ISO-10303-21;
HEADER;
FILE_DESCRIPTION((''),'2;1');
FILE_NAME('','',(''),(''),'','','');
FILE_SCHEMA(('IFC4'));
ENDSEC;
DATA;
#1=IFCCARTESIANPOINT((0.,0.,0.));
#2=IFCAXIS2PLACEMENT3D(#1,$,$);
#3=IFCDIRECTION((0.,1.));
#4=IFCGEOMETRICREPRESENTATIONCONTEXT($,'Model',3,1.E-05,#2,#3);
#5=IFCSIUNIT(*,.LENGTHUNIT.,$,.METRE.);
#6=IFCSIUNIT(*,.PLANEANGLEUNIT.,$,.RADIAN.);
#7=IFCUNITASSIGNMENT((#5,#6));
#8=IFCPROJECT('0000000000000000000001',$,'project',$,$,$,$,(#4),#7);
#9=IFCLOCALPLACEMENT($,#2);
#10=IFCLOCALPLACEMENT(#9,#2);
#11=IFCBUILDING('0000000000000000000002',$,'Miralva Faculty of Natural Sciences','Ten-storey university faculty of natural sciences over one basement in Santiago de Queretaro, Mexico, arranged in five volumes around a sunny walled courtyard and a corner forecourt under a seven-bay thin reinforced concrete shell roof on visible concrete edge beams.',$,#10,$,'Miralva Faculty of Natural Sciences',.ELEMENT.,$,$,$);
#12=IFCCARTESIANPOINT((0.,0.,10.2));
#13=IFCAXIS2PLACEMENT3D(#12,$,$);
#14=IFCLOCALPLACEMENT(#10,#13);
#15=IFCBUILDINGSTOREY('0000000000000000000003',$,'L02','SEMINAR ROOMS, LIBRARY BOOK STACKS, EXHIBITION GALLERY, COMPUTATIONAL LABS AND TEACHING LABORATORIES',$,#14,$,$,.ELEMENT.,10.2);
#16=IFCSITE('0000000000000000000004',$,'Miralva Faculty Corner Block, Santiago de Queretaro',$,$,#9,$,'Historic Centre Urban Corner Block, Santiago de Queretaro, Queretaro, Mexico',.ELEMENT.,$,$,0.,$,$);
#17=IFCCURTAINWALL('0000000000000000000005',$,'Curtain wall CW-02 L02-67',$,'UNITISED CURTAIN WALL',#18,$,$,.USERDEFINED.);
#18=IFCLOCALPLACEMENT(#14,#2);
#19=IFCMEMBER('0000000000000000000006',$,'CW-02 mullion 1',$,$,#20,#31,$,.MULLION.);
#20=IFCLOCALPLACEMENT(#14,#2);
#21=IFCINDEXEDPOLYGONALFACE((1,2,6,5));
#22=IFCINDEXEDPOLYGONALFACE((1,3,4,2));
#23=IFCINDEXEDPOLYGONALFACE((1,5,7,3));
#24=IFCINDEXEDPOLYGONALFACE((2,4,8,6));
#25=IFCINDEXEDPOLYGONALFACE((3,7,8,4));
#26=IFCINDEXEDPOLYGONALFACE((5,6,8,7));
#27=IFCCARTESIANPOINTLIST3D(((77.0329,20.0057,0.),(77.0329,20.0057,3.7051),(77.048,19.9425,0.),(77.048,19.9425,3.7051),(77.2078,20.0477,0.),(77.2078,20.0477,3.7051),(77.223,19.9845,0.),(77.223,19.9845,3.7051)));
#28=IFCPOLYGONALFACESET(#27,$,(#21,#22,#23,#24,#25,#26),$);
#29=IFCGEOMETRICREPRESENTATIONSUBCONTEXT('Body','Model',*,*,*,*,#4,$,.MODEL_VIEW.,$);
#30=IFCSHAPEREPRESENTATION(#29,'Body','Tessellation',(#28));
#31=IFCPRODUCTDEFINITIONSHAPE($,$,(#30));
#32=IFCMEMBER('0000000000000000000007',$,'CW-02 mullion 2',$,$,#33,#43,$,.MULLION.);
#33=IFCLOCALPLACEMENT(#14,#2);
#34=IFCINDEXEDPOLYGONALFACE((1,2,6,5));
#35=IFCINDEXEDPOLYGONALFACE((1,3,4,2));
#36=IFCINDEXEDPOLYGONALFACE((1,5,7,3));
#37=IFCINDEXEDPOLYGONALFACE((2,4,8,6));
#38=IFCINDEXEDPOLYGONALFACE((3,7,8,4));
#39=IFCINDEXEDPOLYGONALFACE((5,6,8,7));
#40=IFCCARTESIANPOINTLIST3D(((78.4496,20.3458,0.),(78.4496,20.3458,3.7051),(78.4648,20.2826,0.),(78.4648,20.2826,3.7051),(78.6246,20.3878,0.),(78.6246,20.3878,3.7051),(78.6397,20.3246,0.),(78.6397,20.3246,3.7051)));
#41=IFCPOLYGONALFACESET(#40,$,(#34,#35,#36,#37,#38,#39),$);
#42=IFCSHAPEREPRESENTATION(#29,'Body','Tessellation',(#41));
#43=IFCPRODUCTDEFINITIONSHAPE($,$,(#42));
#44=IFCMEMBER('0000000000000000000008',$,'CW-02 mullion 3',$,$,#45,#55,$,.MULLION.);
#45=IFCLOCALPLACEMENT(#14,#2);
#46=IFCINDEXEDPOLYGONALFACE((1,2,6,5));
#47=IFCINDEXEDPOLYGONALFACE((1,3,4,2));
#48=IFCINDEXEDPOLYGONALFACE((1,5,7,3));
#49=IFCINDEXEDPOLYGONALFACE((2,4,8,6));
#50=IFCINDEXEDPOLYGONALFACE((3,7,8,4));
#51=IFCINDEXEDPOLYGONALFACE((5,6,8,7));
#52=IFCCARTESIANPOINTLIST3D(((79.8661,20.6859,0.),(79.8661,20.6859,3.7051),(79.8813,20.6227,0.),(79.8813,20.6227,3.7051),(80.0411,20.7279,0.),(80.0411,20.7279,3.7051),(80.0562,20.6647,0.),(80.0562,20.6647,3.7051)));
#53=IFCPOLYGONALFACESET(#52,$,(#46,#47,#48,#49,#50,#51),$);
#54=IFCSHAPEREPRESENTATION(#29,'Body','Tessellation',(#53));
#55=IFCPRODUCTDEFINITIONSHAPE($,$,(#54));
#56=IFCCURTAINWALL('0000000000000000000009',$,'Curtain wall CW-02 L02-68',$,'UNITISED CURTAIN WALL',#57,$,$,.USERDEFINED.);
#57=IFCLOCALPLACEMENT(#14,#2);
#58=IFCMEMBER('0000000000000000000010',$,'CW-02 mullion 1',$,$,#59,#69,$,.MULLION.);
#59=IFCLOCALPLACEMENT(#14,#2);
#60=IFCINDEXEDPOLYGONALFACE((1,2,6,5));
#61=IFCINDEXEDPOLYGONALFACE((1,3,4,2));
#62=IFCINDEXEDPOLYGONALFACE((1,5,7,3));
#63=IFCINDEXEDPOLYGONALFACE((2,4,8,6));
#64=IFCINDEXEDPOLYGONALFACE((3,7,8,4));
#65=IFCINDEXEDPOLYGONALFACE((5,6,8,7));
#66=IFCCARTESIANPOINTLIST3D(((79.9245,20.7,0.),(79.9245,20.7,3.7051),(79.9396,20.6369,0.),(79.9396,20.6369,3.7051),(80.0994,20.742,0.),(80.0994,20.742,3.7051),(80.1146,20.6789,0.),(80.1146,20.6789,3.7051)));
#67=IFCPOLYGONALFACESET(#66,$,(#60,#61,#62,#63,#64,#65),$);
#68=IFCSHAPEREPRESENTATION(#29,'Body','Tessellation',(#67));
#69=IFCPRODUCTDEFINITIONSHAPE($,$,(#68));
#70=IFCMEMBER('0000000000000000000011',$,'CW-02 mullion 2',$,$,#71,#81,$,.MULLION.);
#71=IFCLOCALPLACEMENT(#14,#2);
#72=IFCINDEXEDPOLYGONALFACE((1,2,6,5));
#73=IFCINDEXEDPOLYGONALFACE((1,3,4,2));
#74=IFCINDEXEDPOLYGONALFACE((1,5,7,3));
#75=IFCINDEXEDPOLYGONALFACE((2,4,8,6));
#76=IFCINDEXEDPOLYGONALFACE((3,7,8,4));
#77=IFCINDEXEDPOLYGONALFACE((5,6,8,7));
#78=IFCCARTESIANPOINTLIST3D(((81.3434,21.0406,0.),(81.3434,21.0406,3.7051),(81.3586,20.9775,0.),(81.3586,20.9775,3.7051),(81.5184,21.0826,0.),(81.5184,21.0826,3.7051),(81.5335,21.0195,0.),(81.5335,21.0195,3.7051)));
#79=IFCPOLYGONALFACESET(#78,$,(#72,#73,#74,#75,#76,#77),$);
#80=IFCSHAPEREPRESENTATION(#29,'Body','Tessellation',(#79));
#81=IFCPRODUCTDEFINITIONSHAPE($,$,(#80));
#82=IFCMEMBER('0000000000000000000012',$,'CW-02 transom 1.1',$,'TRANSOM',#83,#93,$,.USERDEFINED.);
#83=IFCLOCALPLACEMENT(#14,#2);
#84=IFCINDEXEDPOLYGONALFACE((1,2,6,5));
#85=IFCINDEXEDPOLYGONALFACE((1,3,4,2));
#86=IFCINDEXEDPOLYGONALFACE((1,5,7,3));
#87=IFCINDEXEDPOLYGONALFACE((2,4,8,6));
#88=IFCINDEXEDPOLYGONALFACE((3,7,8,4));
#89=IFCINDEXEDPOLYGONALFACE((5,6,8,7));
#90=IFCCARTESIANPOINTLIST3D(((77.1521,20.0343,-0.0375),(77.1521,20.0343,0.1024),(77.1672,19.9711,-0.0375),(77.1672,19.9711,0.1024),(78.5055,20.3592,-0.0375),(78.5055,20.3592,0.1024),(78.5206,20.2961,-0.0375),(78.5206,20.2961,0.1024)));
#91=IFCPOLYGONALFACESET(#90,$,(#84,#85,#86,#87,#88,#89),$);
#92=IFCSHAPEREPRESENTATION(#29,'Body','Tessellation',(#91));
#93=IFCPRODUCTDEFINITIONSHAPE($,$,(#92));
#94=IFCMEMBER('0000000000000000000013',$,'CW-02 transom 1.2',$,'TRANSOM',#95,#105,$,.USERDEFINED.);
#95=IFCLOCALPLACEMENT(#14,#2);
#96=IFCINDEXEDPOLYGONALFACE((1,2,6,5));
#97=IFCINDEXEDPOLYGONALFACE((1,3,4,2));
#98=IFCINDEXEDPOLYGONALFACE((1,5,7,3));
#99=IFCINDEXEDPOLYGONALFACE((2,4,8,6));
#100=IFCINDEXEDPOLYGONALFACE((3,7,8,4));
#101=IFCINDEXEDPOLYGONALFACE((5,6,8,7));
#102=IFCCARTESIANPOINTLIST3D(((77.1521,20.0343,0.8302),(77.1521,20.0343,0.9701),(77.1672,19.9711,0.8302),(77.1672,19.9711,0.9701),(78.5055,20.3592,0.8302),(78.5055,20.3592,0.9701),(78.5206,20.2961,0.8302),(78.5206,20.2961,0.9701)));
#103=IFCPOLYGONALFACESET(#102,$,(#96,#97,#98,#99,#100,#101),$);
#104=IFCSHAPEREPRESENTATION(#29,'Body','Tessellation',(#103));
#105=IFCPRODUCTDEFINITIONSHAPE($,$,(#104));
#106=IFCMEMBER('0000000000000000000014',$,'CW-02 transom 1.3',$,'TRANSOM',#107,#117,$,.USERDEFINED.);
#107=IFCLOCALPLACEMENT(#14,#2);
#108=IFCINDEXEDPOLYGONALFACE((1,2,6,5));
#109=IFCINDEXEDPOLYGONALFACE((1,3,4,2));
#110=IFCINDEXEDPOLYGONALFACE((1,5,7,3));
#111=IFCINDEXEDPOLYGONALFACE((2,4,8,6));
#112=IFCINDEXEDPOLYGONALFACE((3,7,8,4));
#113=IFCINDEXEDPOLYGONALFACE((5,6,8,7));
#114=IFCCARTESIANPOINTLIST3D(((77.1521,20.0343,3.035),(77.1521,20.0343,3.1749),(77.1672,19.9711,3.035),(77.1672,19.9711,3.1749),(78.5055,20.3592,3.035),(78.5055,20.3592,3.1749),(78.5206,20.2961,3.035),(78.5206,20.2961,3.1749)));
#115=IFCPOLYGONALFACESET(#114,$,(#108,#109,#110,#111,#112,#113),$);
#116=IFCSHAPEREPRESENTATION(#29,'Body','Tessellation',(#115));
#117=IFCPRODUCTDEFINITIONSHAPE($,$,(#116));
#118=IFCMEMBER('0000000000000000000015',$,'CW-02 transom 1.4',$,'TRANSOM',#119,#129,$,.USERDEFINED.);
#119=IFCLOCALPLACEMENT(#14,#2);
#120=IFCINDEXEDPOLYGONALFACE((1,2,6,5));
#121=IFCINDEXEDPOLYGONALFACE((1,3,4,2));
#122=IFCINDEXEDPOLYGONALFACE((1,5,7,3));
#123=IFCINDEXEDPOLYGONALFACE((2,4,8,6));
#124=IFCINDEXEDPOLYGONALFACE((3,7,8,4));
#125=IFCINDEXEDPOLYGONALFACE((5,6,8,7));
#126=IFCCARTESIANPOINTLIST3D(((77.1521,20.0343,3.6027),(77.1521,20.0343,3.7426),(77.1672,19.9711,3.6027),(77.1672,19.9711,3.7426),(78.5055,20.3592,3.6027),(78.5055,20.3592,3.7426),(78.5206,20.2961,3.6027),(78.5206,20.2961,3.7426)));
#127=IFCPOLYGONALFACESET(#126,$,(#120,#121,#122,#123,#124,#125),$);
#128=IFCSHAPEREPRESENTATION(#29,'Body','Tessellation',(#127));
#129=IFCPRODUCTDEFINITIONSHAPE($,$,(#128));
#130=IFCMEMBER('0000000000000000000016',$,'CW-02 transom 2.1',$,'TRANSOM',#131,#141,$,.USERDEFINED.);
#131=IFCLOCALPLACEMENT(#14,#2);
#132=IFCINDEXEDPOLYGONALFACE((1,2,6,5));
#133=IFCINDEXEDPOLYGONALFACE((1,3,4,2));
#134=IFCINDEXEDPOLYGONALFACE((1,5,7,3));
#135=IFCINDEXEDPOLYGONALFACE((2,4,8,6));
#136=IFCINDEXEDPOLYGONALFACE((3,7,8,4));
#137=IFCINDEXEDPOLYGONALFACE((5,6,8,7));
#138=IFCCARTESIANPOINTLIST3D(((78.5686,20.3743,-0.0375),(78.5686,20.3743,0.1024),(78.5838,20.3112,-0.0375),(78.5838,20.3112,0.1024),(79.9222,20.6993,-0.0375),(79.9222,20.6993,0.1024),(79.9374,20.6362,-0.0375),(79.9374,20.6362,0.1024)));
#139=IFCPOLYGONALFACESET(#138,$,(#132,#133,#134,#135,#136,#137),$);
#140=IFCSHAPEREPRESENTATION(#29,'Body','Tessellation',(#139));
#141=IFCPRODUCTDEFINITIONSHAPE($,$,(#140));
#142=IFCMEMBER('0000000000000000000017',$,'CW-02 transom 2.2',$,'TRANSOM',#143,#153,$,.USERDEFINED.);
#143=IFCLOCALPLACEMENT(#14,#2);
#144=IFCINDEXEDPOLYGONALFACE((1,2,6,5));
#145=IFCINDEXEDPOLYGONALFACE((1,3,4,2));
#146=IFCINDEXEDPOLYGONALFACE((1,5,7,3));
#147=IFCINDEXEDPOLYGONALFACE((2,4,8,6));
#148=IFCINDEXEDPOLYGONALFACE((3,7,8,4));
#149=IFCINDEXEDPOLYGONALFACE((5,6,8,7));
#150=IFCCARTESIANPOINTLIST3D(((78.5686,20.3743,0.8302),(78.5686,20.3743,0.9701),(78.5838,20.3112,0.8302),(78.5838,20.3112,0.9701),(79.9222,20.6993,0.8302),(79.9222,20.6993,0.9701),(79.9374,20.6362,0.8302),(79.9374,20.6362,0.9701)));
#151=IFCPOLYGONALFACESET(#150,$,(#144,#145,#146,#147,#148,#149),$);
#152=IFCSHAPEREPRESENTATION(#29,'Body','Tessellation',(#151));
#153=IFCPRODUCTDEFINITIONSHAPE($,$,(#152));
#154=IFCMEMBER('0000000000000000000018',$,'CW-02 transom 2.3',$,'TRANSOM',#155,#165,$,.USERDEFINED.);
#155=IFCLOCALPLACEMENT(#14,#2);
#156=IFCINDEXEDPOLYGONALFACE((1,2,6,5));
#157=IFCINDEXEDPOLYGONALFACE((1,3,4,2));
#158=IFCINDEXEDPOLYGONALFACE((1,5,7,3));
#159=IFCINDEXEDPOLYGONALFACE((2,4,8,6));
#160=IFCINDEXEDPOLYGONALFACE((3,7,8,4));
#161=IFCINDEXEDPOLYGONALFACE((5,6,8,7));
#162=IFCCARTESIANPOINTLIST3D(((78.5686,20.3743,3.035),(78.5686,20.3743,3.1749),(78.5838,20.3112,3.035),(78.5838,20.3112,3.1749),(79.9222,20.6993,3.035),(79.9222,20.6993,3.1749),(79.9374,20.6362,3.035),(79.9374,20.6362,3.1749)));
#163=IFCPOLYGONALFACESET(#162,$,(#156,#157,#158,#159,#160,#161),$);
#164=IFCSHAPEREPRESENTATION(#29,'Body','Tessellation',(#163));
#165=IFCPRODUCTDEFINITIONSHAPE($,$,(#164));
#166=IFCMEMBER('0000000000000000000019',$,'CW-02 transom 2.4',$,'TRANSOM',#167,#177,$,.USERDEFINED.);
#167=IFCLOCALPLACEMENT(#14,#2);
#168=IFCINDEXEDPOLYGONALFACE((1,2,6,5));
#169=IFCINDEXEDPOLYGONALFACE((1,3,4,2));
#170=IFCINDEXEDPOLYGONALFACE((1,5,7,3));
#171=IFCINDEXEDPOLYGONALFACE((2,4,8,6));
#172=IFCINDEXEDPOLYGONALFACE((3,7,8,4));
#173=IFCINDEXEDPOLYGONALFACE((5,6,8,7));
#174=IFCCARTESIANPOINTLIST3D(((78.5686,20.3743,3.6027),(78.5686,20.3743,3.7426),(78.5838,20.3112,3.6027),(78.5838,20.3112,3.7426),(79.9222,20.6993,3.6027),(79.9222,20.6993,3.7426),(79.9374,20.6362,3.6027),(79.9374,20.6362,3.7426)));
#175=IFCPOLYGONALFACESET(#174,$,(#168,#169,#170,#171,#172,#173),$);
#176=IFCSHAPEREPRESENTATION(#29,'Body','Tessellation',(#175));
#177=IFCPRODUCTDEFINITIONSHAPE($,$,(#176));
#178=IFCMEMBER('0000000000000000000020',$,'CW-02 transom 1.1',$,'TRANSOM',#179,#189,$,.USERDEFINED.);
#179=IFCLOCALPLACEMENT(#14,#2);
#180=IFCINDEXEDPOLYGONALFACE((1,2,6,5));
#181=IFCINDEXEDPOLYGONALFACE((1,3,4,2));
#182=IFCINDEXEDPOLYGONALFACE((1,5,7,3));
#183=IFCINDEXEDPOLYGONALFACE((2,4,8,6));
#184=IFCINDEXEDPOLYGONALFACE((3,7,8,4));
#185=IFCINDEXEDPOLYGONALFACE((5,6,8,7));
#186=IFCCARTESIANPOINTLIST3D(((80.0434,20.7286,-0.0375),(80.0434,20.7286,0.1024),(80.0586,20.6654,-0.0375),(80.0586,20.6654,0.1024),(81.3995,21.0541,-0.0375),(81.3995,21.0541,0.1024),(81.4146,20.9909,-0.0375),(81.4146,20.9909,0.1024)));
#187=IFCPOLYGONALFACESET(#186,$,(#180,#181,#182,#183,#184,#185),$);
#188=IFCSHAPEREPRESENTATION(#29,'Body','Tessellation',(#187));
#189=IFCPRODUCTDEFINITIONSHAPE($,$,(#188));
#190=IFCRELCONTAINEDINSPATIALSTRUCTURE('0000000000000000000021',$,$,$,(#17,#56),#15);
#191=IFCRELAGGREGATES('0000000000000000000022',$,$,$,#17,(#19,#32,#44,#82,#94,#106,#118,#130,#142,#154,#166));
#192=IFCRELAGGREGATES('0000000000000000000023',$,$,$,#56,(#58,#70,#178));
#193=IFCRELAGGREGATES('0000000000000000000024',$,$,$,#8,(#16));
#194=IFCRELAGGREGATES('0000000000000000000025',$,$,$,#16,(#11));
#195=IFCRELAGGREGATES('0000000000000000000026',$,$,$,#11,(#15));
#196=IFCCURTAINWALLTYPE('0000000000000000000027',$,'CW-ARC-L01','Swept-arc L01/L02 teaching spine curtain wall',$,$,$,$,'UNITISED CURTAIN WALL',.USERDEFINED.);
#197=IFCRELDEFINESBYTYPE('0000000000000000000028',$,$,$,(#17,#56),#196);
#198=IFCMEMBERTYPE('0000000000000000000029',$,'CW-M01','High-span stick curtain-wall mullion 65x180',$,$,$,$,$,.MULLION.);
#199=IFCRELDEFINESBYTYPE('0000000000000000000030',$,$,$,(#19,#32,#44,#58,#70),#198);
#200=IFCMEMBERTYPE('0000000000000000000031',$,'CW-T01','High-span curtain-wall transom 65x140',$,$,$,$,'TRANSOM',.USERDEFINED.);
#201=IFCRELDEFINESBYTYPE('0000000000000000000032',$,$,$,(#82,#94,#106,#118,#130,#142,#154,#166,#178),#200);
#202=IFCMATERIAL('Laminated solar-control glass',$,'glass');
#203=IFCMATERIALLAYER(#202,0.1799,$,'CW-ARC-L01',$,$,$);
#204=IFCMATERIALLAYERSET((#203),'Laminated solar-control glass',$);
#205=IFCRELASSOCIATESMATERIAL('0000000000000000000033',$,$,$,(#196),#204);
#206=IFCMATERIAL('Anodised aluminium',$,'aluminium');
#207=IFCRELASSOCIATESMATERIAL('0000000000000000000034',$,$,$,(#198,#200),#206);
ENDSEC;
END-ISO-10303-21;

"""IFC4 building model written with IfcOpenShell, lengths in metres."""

from ifc_helpers import new_model, si_unit, direction, frame, origin, origin_2d, place, context, subcontext, project, spatial, rectangle, extrude, material, layer, layer_set, material_profile, profile_set, type_object, element, aggregate, save


model = new_model("IFC4")

# Units and contexts
model_context = context("Model", 3, precision=1e-05, world=origin(), true_north=direction((0.0, 1.0)))
body_context = subcontext(model_context, "Body", "Model", "MODEL_VIEW")
ifc_project = project(units=[si_unit("LENGTHUNIT", "METRE"), si_unit("PLANEANGLEUNIT", "RADIAN")], contexts=[model_context])

# Site, building, storey
site_placement = place(None, origin())
site = spatial("IfcSite", under=ifc_project, at=site_placement, Name="Miralva Faculty Corner Block, Santiago de Queretaro", LongName="Historic Centre Urban Corner Block, Santiago de Queretaro, Queretaro, Mexico", CompositionType="ELEMENT", RefElevation=0.0)
building_placement = place(site_placement, origin())
building = spatial("IfcBuilding", under=site, at=building_placement, Name="Miralva Faculty of Natural Sciences", Description="Ten-storey university faculty of natural sciences over one basement in Santiago de Queretaro, Mexico, arranged in five volumes around a sunny walled courtyard and a corner forecourt under a seven-bay thin reinforced concrete shell roof on visible concrete edge beams.", LongName="Miralva Faculty of Natural Sciences", CompositionType="ELEMENT")
storey_placement = place(building_placement, frame((0.0, 0.0, 10.2)))
storey = spatial("IfcBuildingStorey", under=building, at=storey_placement, Name="L02", Description="SEMINAR ROOMS, LIBRARY BOOK STACKS, EXHIBITION GALLERY, COMPUTATIONAL LABS AND TEACHING LABORATORIES", CompositionType="ELEMENT", Elevation=10.2)

# Curtain walls, members
ifc_material_1 = material(Name="Laminated solar-control glass", Category="glass")
ifc_layer_1 = layer(ifc_material_1, 0.1799, Name="CW-ARC-L01")
ifc_layer_set_1 = layer_set([ifc_layer_1], Name="Laminated solar-control glass")
curtain_wall_type = type_object("IfcCurtainWallType", Name="CW-ARC-L01", Description="Swept-arc L01/L02 teaching spine curtain wall", ElementType="UNITISED CURTAIN WALL", PredefinedType="USERDEFINED", material=ifc_layer_set_1)
curtain_wall_1_placement = place(storey_placement, origin())
curtain_wall_1 = element("IfcCurtainWall", 1, at=curtain_wall_1_placement, inside=storey, type_object=curtain_wall_type, Name="Curtain wall CW-02 L02-67", ObjectType="UNITISED CURTAIN WALL", PredefinedType="USERDEFINED")
ifc_material_2 = material(Name="Anodised aluminium", Category="aluminium")
ifc_material_profile_1 = material_profile(ifc_material_2, rectangle(XDim=0.0649, YDim=0.1799, at=origin_2d()), Name="MULLION 65x180")
ifc_profile_set_1 = profile_set([ifc_material_profile_1], Name="Anodised aluminium")
member_type_1 = type_object("IfcMemberType", Name="CW-M01", Description="High-span stick curtain-wall mullion 65x180", PredefinedType="MULLION", material=ifc_profile_set_1)
member_1_placement = place(storey_placement, frame((77.1279, 19.9951, 0.0), z_axis=(0.0, 0.0, 1.0), x_axis=(-0.233457, 0.972367, 0.0)))
member_1 = element("IfcMember", 2, at=member_1_placement, type_object=member_type_1, Name="CW-02 mullion 1", PredefinedType="MULLION", context=body_context, shape_type="SweptSolid", body=[
    extrude(rectangle(XDim=0.0649, YDim=0.1799, at=origin_2d()), origin(), (0.0, 0.0, 1.0), 3.7051),
])
member_2_placement = place(storey_placement, frame((78.5447, 20.3352, 0.0), z_axis=(0.0, 0.0, 1.0), x_axis=(-0.233457, 0.972367, 0.0)))
member_2 = element("IfcMember", 3, at=member_2_placement, type_object=member_type_1, Name="CW-02 mullion 2", PredefinedType="MULLION", context=body_context, shape_type="SweptSolid", body=[
    extrude(rectangle(XDim=0.0649, YDim=0.1799, at=origin_2d()), origin(), (0.0, 0.0, 1.0), 3.7051),
])
member_3_placement = place(storey_placement, frame((79.9612, 20.6753, 0.0), z_axis=(0.0, 0.0, 1.0), x_axis=(-0.233457, 0.972367, 0.0)))
member_3 = element("IfcMember", 4, at=member_3_placement, type_object=member_type_1, Name="CW-02 mullion 3", PredefinedType="MULLION", context=body_context, shape_type="SweptSolid", body=[
    extrude(rectangle(XDim=0.0649, YDim=0.1799, at=origin_2d()), origin(), (0.0, 0.0, 1.0), 3.7051),
])
curtain_wall_2_placement = place(storey_placement, origin())
curtain_wall_2 = element("IfcCurtainWall", 5, at=curtain_wall_2_placement, inside=storey, type_object=curtain_wall_type, Name="Curtain wall CW-02 L02-68", ObjectType="UNITISED CURTAIN WALL", PredefinedType="USERDEFINED")
member_4_placement = place(storey_placement, frame((80.0195, 20.6895, 0.0), z_axis=(0.0, 0.0, 1.0), x_axis=(-0.233464, 0.972365, 0.0)))
member_4 = element("IfcMember", 6, at=member_4_placement, type_object=member_type_1, Name="CW-02 mullion 1", PredefinedType="MULLION", context=body_context, shape_type="SweptSolid", body=[
    extrude(rectangle(XDim=0.0649, YDim=0.1799, at=origin_2d()), origin(), (0.0, 0.0, 1.0), 3.7051),
])
member_5_placement = place(storey_placement, frame((81.4385, 21.03, 0.0), z_axis=(0.0, 0.0, 1.0), x_axis=(-0.233464, 0.972365, 0.0)))
member_5 = element("IfcMember", 7, at=member_5_placement, type_object=member_type_1, Name="CW-02 mullion 2", PredefinedType="MULLION", context=body_context, shape_type="SweptSolid", body=[
    extrude(rectangle(XDim=0.0649, YDim=0.1799, at=origin_2d()), origin(), (0.0, 0.0, 1.0), 3.7051),
])

# Members
ifc_material_profile_2 = material_profile(ifc_material_2, rectangle(XDim=0.0649, YDim=0.1399, at=origin_2d()), Name="TRANSOM 65x140")
ifc_profile_set_2 = profile_set([ifc_material_profile_2], Name="Anodised aluminium")
member_type_2 = type_object("IfcMemberType", Name="CW-T01", Description="High-span curtain-wall transom 65x140", ElementType="TRANSOM", PredefinedType="USERDEFINED", material=ifc_profile_set_2)
member_6_placement = place(storey_placement, frame((77.1597, 20.0027, 0.0325), z_axis=(0.97236, 0.233486, 0.0), x_axis=(-0.233486, 0.97236, 0.0)))
member_6 = element("IfcMember", 8, at=member_6_placement, type_object=member_type_2, Name="CW-02 transom 1.1", ObjectType="TRANSOM", PredefinedType="USERDEFINED", context=body_context, shape_type="SweptSolid", body=[
    extrude(rectangle(XDim=0.0649, YDim=0.1399, at=origin_2d()), origin(), (0.0, 0.0, 1.0), 1.3918),
])
member_7_placement = place(storey_placement, frame((77.1597, 20.0027, 0.9001), z_axis=(0.97236, 0.233486, 0.0), x_axis=(-0.233486, 0.97236, 0.0)))
member_7 = element("IfcMember", 9, at=member_7_placement, type_object=member_type_2, Name="CW-02 transom 1.2", ObjectType="TRANSOM", PredefinedType="USERDEFINED", context=body_context, shape_type="SweptSolid", body=[
    extrude(rectangle(XDim=0.0649, YDim=0.1399, at=origin_2d()), origin(), (0.0, 0.0, 1.0), 1.3918),
])
member_8_placement = place(storey_placement, frame((77.1597, 20.0027, 3.105), z_axis=(0.97236, 0.233486, 0.0), x_axis=(-0.233486, 0.97236, 0.0)))
member_8 = element("IfcMember", 10, at=member_8_placement, type_object=member_type_2, Name="CW-02 transom 1.3", ObjectType="TRANSOM", PredefinedType="USERDEFINED", context=body_context, shape_type="SweptSolid", body=[
    extrude(rectangle(XDim=0.0649, YDim=0.1399, at=origin_2d()), origin(), (0.0, 0.0, 1.0), 1.3918),
])
member_9_placement = place(storey_placement, frame((77.1597, 20.0027, 3.6726), z_axis=(0.97236, 0.233486, 0.0), x_axis=(-0.233486, 0.97236, 0.0)))
member_9 = element("IfcMember", 11, at=member_9_placement, type_object=member_type_2, Name="CW-02 transom 1.4", ObjectType="TRANSOM", PredefinedType="USERDEFINED", context=body_context, shape_type="SweptSolid", body=[
    extrude(rectangle(XDim=0.0649, YDim=0.1399, at=origin_2d()), origin(), (0.0, 0.0, 1.0), 1.3918),
])
member_10_placement = place(storey_placement, frame((78.5762, 20.3428, 0.0325), z_axis=(0.97237, 0.233446, 0.0), x_axis=(-0.233446, 0.97237, 0.0)))
member_10 = element("IfcMember", 12, at=member_10_placement, type_object=member_type_2, Name="CW-02 transom 2.1", ObjectType="TRANSOM", PredefinedType="USERDEFINED", context=body_context, shape_type="SweptSolid", body=[
    extrude(rectangle(XDim=0.0649, YDim=0.1399, at=origin_2d()), origin(), (0.0, 0.0, 1.0), 1.3921),
])
member_11_placement = place(storey_placement, frame((78.5762, 20.3428, 0.9001), z_axis=(0.97237, 0.233446, 0.0), x_axis=(-0.233446, 0.97237, 0.0)))
member_11 = element("IfcMember", 13, at=member_11_placement, type_object=member_type_2, Name="CW-02 transom 2.2", ObjectType="TRANSOM", PredefinedType="USERDEFINED", context=body_context, shape_type="SweptSolid", body=[
    extrude(rectangle(XDim=0.0649, YDim=0.1399, at=origin_2d()), origin(), (0.0, 0.0, 1.0), 1.3921),
])
member_12_placement = place(storey_placement, frame((78.5762, 20.3428, 3.105), z_axis=(0.97237, 0.233446, 0.0), x_axis=(-0.233446, 0.97237, 0.0)))
member_12 = element("IfcMember", 14, at=member_12_placement, type_object=member_type_2, Name="CW-02 transom 2.3", ObjectType="TRANSOM", PredefinedType="USERDEFINED", context=body_context, shape_type="SweptSolid", body=[
    extrude(rectangle(XDim=0.0649, YDim=0.1399, at=origin_2d()), origin(), (0.0, 0.0, 1.0), 1.3921),
])
member_13_placement = place(storey_placement, frame((78.5762, 20.3428, 3.6726), z_axis=(0.97237, 0.233446, 0.0), x_axis=(-0.233446, 0.97237, 0.0)))
member_13 = element("IfcMember", 15, at=member_13_placement, type_object=member_type_2, Name="CW-02 transom 2.4", ObjectType="TRANSOM", PredefinedType="USERDEFINED", context=body_context, shape_type="SweptSolid", body=[
    extrude(rectangle(XDim=0.0649, YDim=0.1399, at=origin_2d()), origin(), (0.0, 0.0, 1.0), 1.3921),
])
member_14_placement = place(storey_placement, frame((80.051, 20.697, 0.0325), z_axis=(0.972386, 0.23338, 0.0), x_axis=(-0.23338, 0.972386, 0.0)))
member_14 = element("IfcMember", 16, at=member_14_placement, type_object=member_type_2, Name="CW-02 transom 1.1", ObjectType="TRANSOM", PredefinedType="USERDEFINED", context=body_context, shape_type="SweptSolid", body=[
    extrude(rectangle(XDim=0.0649, YDim=0.1399, at=origin_2d()), origin(), (0.0, 0.0, 1.0), 1.3945),
])

aggregate(curtain_wall_1, [member_1, member_2, member_3, member_6, member_7, member_8, member_9, member_10, member_11, member_12, member_13])
aggregate(curtain_wall_2, [member_4, member_5, member_14])

save(model, "model.ifc")
